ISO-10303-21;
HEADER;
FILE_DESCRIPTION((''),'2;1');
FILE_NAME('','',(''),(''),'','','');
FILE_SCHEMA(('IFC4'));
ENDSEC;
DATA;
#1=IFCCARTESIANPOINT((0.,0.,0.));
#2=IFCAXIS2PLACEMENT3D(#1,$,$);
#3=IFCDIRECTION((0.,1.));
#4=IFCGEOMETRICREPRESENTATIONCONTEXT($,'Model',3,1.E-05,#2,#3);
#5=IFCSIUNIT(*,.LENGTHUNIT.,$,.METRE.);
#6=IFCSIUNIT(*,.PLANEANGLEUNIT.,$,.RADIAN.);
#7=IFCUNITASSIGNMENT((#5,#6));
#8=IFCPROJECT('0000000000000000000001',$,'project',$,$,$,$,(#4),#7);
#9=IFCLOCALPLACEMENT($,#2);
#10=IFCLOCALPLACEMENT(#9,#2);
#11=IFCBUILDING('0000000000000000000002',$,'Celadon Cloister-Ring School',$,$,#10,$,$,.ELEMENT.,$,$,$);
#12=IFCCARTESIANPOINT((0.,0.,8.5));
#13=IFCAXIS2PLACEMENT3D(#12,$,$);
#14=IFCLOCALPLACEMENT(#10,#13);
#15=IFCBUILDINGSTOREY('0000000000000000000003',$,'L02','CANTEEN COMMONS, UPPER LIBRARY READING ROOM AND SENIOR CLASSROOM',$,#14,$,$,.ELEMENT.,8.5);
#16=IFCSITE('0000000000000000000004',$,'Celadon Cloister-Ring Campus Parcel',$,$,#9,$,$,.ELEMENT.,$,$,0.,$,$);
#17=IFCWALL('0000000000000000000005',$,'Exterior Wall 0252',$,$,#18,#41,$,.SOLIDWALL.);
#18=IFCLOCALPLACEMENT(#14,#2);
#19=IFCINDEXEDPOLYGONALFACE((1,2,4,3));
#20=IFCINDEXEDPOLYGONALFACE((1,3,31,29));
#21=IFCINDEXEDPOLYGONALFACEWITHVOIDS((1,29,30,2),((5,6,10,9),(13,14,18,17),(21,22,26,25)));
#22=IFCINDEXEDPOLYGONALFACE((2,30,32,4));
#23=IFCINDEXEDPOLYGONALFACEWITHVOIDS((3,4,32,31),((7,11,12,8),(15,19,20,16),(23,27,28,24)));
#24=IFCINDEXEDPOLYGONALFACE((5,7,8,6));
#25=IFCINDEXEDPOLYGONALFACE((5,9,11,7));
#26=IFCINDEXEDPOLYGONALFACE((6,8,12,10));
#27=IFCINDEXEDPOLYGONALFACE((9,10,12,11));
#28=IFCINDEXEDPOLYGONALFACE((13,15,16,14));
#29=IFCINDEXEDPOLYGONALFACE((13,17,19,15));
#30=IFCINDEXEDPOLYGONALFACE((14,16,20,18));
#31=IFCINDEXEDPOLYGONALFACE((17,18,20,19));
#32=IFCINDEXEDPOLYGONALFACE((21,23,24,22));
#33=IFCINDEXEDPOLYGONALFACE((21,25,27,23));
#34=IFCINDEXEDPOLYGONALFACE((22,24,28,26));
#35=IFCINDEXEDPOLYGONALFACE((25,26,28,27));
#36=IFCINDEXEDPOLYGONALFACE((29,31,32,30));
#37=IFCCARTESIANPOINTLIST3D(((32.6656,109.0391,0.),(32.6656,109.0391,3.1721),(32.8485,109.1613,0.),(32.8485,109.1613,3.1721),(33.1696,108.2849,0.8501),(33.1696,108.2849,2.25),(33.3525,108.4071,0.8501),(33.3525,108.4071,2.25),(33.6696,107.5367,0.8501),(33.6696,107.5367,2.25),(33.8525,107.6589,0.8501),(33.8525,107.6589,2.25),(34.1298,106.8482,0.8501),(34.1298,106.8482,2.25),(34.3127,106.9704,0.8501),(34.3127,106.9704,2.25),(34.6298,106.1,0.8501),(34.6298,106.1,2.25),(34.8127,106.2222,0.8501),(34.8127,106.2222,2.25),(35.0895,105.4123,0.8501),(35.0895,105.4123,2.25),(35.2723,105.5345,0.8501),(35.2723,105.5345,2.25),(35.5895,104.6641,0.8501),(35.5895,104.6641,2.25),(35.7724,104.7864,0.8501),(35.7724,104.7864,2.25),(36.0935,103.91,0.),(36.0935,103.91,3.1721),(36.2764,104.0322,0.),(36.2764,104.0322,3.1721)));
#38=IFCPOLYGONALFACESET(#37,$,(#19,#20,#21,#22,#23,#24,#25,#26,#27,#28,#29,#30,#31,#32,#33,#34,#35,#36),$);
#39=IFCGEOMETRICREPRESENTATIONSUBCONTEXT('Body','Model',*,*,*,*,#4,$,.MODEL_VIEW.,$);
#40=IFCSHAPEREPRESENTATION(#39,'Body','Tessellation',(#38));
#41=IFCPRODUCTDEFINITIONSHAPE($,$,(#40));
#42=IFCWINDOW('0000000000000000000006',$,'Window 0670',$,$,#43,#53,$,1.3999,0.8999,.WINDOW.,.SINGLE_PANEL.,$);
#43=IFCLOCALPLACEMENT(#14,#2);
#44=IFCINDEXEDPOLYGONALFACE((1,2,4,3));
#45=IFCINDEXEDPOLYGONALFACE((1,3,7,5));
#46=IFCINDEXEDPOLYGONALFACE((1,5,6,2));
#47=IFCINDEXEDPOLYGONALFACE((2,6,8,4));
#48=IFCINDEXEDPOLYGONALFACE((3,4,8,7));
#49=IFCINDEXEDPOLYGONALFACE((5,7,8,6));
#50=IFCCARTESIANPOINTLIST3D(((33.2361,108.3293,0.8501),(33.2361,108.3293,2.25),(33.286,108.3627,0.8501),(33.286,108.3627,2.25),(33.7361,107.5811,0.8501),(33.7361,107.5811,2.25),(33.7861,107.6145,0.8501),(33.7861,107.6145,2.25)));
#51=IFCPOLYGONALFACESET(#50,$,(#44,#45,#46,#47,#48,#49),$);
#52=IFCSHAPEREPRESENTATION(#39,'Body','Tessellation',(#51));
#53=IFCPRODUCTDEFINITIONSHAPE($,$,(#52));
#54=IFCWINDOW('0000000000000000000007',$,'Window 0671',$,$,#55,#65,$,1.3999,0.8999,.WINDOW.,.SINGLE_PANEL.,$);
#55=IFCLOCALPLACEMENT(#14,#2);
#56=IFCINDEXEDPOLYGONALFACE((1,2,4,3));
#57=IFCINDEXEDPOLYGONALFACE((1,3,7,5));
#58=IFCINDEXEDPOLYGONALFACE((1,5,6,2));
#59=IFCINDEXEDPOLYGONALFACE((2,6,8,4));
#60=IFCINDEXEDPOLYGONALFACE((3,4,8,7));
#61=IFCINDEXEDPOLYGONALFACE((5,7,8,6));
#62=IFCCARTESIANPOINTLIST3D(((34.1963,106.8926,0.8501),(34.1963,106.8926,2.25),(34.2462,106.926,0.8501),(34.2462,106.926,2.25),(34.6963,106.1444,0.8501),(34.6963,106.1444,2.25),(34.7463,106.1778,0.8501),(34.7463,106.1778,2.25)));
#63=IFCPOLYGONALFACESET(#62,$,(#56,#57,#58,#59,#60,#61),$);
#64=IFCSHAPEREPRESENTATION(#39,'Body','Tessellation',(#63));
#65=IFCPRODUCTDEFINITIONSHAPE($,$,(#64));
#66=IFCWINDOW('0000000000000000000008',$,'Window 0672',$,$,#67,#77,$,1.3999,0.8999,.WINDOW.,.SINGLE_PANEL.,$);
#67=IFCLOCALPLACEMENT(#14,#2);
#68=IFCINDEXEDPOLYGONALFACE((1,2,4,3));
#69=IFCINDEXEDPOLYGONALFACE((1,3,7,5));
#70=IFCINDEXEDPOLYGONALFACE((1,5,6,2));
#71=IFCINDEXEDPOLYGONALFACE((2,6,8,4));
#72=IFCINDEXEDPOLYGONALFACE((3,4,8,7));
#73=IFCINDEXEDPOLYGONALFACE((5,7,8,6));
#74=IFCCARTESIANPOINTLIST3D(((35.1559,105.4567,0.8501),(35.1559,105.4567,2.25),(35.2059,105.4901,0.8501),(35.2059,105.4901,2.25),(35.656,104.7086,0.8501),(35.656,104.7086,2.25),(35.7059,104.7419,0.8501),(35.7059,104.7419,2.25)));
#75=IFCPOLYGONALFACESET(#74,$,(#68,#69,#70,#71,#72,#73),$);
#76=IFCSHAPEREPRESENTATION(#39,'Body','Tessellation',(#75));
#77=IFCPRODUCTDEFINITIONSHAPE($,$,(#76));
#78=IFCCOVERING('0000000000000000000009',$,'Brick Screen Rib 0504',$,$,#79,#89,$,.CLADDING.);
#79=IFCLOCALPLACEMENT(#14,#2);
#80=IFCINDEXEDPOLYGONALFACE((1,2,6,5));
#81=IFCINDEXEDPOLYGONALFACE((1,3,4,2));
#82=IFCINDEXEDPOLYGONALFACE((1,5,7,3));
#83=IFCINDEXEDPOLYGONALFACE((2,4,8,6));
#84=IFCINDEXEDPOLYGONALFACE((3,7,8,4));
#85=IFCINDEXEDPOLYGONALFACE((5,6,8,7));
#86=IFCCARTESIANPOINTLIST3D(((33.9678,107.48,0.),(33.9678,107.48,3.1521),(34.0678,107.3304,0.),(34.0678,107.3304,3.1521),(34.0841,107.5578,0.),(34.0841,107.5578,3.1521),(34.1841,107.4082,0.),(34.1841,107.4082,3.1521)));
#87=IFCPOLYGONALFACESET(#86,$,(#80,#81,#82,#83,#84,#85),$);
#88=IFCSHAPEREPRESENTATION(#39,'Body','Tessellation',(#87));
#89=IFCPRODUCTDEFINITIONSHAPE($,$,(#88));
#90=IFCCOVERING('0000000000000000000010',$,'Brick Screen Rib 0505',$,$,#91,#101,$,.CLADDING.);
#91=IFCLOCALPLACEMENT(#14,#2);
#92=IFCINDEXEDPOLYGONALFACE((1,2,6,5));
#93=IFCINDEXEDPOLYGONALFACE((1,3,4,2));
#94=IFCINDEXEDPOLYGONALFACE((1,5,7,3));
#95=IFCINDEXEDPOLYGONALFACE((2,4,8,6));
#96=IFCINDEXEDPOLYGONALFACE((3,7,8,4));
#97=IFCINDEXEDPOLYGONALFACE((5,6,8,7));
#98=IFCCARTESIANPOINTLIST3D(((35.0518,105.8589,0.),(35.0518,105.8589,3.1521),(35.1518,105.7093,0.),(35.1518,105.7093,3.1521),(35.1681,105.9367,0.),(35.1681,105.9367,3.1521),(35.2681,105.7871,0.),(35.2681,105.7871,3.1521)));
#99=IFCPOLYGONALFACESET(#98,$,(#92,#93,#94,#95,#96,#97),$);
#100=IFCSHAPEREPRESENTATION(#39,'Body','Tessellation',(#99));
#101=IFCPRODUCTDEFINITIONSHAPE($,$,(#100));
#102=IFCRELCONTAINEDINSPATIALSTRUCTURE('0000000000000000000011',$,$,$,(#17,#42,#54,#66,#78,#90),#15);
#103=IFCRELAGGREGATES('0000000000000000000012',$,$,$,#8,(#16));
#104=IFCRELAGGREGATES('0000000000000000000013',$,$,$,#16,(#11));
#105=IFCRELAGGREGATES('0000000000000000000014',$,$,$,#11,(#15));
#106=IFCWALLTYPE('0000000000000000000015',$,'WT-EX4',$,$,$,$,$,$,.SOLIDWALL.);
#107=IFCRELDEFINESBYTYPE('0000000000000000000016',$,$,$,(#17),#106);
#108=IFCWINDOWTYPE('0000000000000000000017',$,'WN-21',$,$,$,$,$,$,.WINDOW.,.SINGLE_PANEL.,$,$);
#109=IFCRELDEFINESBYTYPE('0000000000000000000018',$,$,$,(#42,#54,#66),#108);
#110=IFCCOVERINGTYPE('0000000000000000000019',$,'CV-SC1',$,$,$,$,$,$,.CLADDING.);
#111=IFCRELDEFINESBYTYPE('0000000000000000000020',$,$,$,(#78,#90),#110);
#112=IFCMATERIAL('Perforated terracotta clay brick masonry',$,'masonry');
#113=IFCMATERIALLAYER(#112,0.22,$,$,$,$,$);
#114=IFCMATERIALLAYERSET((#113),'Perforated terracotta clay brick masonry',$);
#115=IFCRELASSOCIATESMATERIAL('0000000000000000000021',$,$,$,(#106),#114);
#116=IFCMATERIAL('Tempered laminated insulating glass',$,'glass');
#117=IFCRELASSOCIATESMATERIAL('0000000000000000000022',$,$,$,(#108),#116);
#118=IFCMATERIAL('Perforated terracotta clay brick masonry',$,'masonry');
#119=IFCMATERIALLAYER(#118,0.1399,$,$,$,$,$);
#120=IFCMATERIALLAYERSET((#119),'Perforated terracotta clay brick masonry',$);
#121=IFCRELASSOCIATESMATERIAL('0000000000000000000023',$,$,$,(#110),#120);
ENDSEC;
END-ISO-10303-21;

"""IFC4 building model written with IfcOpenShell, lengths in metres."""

from ifc_helpers import new_model, si_unit, direction, frame, frame_2d, origin, origin_2d, place, context, subcontext, project, spatial, rectangle, extrude, material, layer, layer_set, type_object, element, fill, save


model = new_model("IFC4")

# Units and contexts
model_context = context("Model", 3, precision=1e-05, world=origin(), true_north=direction((0.0, 1.0)))
body_context = subcontext(model_context, "Body", "Model", "MODEL_VIEW")
ifc_project = project(units=[si_unit("LENGTHUNIT", "METRE"), si_unit("PLANEANGLEUNIT", "RADIAN")], contexts=[model_context])

# Site, building, storey
site_placement = place(None, origin())
site = spatial("IfcSite", under=ifc_project, at=site_placement, Name="Celadon Cloister-Ring Campus Parcel", CompositionType="ELEMENT", RefElevation=0.0)
building_placement = place(site_placement, origin())
building = spatial("IfcBuilding", under=site, at=building_placement, Name="Celadon Cloister-Ring School", CompositionType="ELEMENT")
storey_placement = place(building_placement, frame((0.0, 0.0, 8.5)))
storey = spatial("IfcBuildingStorey", under=building, at=storey_placement, Name="L02", Description="CANTEEN COMMONS, UPPER LIBRARY READING ROOM AND SENIOR CLASSROOM", CompositionType="ELEMENT", Elevation=8.5)

# Wall, openings, windows
ifc_material_1 = material(Name="Perforated terracotta clay brick masonry", Category="masonry")
ifc_layer_1 = layer(ifc_material_1, 0.22)
ifc_layer_set_1 = layer_set([ifc_layer_1], Name="Perforated terracotta clay brick masonry")
wall_type = type_object("IfcWallType", Name="WT-EX4", PredefinedType="SOLIDWALL", material=ifc_layer_set_1)
ifc_material_2 = material(Name="Tempered laminated insulating glass", Category="glass")
window_type = type_object("IfcWindowType", Name="WN-21", PartitioningType="SINGLE_PANEL", PredefinedType="WINDOW", material=ifc_material_2)
wall_1_placement = place(storey_placement, frame((32.7571, 109.1001, 0.0), z_axis=(0.0, 0.0, 1.0), x_axis=(0.555659, -0.83141, 0.0)))
wall_1 = element("IfcWall", 1, at=wall_1_placement, inside=storey, type_object=wall_type, Name="Exterior Wall 0252", PredefinedType="SOLIDWALL", context=body_context, shape_type="SweptSolid", body=[
    extrude(rectangle(XDim=6.1692, YDim=0.22, at=frame_2d((3.0845, 0.0))), origin(), (0.0, 0.0, 1.0), 3.1721),
])
opening_1_placement = place(wall_1_placement, frame((0.907, 0.0, 0.8501)))
opening_1 = element("IfcOpeningElement", 2, at=opening_1_placement, cuts=wall_1, PredefinedType="OPENING", context=body_context, shape_type="SweptSolid", body=[
    extrude(rectangle(XDim=0.8999, YDim=1.3999, at=frame_2d((0.45, 0.7))), frame((0.0, 0.1201, 0.0), z_axis=(0.0, -1.0, 0.0), x_axis=(1.0, 0.0, 0.0)), (0.0, 0.0, 1.0), 0.24),
])
opening_2_placement = place(wall_1_placement, frame((2.635, 0.0, 0.8501)))
opening_2 = element("IfcOpeningElement", 3, at=opening_2_placement, cuts=wall_1, PredefinedType="OPENING", context=body_context, shape_type="SweptSolid", body=[
    extrude(rectangle(XDim=0.8999, YDim=1.3999, at=frame_2d((0.45, 0.7))), frame((0.0, 0.1201, 0.0), z_axis=(0.0, -1.0, 0.0), x_axis=(1.0, 0.0, 0.0)), (0.0, 0.0, 1.0), 0.24),
])
opening_3_placement = place(wall_1_placement, frame((4.3621, 0.0, 0.8501)))
opening_3 = element("IfcOpeningElement", 4, at=opening_3_placement, cuts=wall_1, PredefinedType="OPENING", context=body_context, shape_type="SweptSolid", body=[
    extrude(rectangle(XDim=0.8999, YDim=1.3999, at=frame_2d((0.45, 0.7))), frame((0.0, 0.1201, 0.0), z_axis=(0.0, -1.0, 0.0), x_axis=(1.0, 0.0, 0.0)), (0.0, 0.0, 1.0), 0.24),
])
window_1_placement = place(opening_1_placement, origin())
window_1 = element("IfcWindow", 5, at=window_1_placement, inside=storey, type_object=window_type, Name="Window 0670", OverallHeight=1.3999, OverallWidth=0.8999, PartitioningType="SINGLE_PANEL", PredefinedType="WINDOW", context=body_context, shape_type="SweptSolid", body=[
    extrude(rectangle(XDim=0.8999, YDim=1.3999, at=frame_2d((0.45, 0.7))), frame((0.0, 0.03, 0.0), z_axis=(0.0, -1.0, 0.0), x_axis=(1.0, 0.0, 0.0)), (0.0, 0.0, 1.0), 0.0601),
])
fill(opening_1, window_1)
window_2_placement = place(opening_2_placement, origin())
window_2 = element("IfcWindow", 6, at=window_2_placement, inside=storey, type_object=window_type, Name="Window 0671", OverallHeight=1.3999, OverallWidth=0.8999, PartitioningType="SINGLE_PANEL", PredefinedType="WINDOW", context=body_context, shape_type="SweptSolid", body=[
    extrude(rectangle(XDim=0.8999, YDim=1.3999, at=frame_2d((0.45, 0.7))), frame((0.0, 0.03, 0.0), z_axis=(0.0, -1.0, 0.0), x_axis=(1.0, 0.0, 0.0)), (0.0, 0.0, 1.0), 0.0601),
])
fill(opening_2, window_2)
window_3_placement = place(opening_3_placement, origin())
window_3 = element("IfcWindow", 7, at=window_3_placement, inside=storey, type_object=window_type, Name="Window 0672", OverallHeight=1.3999, OverallWidth=0.8999, PartitioningType="SINGLE_PANEL", PredefinedType="WINDOW", context=body_context, shape_type="SweptSolid", body=[
    extrude(rectangle(XDim=0.8999, YDim=1.3999, at=frame_2d((0.45, 0.7))), frame((0.0, 0.03, 0.0), z_axis=(0.0, -1.0, 0.0), x_axis=(1.0, 0.0, 0.0)), (0.0, 0.0, 1.0), 0.0601),
])
fill(opening_3, window_3)

# Coverings
ifc_material_3 = material(Name="Perforated terracotta clay brick masonry", Category="masonry")
ifc_layer_2 = layer(ifc_material_3, 0.1399)
ifc_layer_set_2 = layer_set([ifc_layer_2], Name="Perforated terracotta clay brick masonry")
covering_type = type_object("IfcCoveringType", Name="CV-SC1", PredefinedType="CLADDING", material=ifc_layer_set_2)
for number, where, z_axis, x_axis, name in (
    (8, (34.0759, 107.4441, 0.0), (0.0, 0.0, 1.0), (0.555672, -0.831402, 0.0), "Brick Screen Rib 0504"),
    (9, (35.1599, 105.823, 0.0), (0.0, 0.0, 1.0), (0.555672, -0.831402, 0.0), "Brick Screen Rib 0505"),
):
    element("IfcCovering", number, at=place(storey_placement, frame(where, z_axis=z_axis, x_axis=x_axis)), inside=storey, type_object=covering_type, Name=name, PredefinedType="CLADDING", context=body_context, shape_type="SweptSolid", body=[
        extrude(rectangle(XDim=0.1799, YDim=0.1399, at=origin_2d()), origin(), (0.0, 0.0, 1.0), 3.1521),
    ])

save(model, "model.ifc")
